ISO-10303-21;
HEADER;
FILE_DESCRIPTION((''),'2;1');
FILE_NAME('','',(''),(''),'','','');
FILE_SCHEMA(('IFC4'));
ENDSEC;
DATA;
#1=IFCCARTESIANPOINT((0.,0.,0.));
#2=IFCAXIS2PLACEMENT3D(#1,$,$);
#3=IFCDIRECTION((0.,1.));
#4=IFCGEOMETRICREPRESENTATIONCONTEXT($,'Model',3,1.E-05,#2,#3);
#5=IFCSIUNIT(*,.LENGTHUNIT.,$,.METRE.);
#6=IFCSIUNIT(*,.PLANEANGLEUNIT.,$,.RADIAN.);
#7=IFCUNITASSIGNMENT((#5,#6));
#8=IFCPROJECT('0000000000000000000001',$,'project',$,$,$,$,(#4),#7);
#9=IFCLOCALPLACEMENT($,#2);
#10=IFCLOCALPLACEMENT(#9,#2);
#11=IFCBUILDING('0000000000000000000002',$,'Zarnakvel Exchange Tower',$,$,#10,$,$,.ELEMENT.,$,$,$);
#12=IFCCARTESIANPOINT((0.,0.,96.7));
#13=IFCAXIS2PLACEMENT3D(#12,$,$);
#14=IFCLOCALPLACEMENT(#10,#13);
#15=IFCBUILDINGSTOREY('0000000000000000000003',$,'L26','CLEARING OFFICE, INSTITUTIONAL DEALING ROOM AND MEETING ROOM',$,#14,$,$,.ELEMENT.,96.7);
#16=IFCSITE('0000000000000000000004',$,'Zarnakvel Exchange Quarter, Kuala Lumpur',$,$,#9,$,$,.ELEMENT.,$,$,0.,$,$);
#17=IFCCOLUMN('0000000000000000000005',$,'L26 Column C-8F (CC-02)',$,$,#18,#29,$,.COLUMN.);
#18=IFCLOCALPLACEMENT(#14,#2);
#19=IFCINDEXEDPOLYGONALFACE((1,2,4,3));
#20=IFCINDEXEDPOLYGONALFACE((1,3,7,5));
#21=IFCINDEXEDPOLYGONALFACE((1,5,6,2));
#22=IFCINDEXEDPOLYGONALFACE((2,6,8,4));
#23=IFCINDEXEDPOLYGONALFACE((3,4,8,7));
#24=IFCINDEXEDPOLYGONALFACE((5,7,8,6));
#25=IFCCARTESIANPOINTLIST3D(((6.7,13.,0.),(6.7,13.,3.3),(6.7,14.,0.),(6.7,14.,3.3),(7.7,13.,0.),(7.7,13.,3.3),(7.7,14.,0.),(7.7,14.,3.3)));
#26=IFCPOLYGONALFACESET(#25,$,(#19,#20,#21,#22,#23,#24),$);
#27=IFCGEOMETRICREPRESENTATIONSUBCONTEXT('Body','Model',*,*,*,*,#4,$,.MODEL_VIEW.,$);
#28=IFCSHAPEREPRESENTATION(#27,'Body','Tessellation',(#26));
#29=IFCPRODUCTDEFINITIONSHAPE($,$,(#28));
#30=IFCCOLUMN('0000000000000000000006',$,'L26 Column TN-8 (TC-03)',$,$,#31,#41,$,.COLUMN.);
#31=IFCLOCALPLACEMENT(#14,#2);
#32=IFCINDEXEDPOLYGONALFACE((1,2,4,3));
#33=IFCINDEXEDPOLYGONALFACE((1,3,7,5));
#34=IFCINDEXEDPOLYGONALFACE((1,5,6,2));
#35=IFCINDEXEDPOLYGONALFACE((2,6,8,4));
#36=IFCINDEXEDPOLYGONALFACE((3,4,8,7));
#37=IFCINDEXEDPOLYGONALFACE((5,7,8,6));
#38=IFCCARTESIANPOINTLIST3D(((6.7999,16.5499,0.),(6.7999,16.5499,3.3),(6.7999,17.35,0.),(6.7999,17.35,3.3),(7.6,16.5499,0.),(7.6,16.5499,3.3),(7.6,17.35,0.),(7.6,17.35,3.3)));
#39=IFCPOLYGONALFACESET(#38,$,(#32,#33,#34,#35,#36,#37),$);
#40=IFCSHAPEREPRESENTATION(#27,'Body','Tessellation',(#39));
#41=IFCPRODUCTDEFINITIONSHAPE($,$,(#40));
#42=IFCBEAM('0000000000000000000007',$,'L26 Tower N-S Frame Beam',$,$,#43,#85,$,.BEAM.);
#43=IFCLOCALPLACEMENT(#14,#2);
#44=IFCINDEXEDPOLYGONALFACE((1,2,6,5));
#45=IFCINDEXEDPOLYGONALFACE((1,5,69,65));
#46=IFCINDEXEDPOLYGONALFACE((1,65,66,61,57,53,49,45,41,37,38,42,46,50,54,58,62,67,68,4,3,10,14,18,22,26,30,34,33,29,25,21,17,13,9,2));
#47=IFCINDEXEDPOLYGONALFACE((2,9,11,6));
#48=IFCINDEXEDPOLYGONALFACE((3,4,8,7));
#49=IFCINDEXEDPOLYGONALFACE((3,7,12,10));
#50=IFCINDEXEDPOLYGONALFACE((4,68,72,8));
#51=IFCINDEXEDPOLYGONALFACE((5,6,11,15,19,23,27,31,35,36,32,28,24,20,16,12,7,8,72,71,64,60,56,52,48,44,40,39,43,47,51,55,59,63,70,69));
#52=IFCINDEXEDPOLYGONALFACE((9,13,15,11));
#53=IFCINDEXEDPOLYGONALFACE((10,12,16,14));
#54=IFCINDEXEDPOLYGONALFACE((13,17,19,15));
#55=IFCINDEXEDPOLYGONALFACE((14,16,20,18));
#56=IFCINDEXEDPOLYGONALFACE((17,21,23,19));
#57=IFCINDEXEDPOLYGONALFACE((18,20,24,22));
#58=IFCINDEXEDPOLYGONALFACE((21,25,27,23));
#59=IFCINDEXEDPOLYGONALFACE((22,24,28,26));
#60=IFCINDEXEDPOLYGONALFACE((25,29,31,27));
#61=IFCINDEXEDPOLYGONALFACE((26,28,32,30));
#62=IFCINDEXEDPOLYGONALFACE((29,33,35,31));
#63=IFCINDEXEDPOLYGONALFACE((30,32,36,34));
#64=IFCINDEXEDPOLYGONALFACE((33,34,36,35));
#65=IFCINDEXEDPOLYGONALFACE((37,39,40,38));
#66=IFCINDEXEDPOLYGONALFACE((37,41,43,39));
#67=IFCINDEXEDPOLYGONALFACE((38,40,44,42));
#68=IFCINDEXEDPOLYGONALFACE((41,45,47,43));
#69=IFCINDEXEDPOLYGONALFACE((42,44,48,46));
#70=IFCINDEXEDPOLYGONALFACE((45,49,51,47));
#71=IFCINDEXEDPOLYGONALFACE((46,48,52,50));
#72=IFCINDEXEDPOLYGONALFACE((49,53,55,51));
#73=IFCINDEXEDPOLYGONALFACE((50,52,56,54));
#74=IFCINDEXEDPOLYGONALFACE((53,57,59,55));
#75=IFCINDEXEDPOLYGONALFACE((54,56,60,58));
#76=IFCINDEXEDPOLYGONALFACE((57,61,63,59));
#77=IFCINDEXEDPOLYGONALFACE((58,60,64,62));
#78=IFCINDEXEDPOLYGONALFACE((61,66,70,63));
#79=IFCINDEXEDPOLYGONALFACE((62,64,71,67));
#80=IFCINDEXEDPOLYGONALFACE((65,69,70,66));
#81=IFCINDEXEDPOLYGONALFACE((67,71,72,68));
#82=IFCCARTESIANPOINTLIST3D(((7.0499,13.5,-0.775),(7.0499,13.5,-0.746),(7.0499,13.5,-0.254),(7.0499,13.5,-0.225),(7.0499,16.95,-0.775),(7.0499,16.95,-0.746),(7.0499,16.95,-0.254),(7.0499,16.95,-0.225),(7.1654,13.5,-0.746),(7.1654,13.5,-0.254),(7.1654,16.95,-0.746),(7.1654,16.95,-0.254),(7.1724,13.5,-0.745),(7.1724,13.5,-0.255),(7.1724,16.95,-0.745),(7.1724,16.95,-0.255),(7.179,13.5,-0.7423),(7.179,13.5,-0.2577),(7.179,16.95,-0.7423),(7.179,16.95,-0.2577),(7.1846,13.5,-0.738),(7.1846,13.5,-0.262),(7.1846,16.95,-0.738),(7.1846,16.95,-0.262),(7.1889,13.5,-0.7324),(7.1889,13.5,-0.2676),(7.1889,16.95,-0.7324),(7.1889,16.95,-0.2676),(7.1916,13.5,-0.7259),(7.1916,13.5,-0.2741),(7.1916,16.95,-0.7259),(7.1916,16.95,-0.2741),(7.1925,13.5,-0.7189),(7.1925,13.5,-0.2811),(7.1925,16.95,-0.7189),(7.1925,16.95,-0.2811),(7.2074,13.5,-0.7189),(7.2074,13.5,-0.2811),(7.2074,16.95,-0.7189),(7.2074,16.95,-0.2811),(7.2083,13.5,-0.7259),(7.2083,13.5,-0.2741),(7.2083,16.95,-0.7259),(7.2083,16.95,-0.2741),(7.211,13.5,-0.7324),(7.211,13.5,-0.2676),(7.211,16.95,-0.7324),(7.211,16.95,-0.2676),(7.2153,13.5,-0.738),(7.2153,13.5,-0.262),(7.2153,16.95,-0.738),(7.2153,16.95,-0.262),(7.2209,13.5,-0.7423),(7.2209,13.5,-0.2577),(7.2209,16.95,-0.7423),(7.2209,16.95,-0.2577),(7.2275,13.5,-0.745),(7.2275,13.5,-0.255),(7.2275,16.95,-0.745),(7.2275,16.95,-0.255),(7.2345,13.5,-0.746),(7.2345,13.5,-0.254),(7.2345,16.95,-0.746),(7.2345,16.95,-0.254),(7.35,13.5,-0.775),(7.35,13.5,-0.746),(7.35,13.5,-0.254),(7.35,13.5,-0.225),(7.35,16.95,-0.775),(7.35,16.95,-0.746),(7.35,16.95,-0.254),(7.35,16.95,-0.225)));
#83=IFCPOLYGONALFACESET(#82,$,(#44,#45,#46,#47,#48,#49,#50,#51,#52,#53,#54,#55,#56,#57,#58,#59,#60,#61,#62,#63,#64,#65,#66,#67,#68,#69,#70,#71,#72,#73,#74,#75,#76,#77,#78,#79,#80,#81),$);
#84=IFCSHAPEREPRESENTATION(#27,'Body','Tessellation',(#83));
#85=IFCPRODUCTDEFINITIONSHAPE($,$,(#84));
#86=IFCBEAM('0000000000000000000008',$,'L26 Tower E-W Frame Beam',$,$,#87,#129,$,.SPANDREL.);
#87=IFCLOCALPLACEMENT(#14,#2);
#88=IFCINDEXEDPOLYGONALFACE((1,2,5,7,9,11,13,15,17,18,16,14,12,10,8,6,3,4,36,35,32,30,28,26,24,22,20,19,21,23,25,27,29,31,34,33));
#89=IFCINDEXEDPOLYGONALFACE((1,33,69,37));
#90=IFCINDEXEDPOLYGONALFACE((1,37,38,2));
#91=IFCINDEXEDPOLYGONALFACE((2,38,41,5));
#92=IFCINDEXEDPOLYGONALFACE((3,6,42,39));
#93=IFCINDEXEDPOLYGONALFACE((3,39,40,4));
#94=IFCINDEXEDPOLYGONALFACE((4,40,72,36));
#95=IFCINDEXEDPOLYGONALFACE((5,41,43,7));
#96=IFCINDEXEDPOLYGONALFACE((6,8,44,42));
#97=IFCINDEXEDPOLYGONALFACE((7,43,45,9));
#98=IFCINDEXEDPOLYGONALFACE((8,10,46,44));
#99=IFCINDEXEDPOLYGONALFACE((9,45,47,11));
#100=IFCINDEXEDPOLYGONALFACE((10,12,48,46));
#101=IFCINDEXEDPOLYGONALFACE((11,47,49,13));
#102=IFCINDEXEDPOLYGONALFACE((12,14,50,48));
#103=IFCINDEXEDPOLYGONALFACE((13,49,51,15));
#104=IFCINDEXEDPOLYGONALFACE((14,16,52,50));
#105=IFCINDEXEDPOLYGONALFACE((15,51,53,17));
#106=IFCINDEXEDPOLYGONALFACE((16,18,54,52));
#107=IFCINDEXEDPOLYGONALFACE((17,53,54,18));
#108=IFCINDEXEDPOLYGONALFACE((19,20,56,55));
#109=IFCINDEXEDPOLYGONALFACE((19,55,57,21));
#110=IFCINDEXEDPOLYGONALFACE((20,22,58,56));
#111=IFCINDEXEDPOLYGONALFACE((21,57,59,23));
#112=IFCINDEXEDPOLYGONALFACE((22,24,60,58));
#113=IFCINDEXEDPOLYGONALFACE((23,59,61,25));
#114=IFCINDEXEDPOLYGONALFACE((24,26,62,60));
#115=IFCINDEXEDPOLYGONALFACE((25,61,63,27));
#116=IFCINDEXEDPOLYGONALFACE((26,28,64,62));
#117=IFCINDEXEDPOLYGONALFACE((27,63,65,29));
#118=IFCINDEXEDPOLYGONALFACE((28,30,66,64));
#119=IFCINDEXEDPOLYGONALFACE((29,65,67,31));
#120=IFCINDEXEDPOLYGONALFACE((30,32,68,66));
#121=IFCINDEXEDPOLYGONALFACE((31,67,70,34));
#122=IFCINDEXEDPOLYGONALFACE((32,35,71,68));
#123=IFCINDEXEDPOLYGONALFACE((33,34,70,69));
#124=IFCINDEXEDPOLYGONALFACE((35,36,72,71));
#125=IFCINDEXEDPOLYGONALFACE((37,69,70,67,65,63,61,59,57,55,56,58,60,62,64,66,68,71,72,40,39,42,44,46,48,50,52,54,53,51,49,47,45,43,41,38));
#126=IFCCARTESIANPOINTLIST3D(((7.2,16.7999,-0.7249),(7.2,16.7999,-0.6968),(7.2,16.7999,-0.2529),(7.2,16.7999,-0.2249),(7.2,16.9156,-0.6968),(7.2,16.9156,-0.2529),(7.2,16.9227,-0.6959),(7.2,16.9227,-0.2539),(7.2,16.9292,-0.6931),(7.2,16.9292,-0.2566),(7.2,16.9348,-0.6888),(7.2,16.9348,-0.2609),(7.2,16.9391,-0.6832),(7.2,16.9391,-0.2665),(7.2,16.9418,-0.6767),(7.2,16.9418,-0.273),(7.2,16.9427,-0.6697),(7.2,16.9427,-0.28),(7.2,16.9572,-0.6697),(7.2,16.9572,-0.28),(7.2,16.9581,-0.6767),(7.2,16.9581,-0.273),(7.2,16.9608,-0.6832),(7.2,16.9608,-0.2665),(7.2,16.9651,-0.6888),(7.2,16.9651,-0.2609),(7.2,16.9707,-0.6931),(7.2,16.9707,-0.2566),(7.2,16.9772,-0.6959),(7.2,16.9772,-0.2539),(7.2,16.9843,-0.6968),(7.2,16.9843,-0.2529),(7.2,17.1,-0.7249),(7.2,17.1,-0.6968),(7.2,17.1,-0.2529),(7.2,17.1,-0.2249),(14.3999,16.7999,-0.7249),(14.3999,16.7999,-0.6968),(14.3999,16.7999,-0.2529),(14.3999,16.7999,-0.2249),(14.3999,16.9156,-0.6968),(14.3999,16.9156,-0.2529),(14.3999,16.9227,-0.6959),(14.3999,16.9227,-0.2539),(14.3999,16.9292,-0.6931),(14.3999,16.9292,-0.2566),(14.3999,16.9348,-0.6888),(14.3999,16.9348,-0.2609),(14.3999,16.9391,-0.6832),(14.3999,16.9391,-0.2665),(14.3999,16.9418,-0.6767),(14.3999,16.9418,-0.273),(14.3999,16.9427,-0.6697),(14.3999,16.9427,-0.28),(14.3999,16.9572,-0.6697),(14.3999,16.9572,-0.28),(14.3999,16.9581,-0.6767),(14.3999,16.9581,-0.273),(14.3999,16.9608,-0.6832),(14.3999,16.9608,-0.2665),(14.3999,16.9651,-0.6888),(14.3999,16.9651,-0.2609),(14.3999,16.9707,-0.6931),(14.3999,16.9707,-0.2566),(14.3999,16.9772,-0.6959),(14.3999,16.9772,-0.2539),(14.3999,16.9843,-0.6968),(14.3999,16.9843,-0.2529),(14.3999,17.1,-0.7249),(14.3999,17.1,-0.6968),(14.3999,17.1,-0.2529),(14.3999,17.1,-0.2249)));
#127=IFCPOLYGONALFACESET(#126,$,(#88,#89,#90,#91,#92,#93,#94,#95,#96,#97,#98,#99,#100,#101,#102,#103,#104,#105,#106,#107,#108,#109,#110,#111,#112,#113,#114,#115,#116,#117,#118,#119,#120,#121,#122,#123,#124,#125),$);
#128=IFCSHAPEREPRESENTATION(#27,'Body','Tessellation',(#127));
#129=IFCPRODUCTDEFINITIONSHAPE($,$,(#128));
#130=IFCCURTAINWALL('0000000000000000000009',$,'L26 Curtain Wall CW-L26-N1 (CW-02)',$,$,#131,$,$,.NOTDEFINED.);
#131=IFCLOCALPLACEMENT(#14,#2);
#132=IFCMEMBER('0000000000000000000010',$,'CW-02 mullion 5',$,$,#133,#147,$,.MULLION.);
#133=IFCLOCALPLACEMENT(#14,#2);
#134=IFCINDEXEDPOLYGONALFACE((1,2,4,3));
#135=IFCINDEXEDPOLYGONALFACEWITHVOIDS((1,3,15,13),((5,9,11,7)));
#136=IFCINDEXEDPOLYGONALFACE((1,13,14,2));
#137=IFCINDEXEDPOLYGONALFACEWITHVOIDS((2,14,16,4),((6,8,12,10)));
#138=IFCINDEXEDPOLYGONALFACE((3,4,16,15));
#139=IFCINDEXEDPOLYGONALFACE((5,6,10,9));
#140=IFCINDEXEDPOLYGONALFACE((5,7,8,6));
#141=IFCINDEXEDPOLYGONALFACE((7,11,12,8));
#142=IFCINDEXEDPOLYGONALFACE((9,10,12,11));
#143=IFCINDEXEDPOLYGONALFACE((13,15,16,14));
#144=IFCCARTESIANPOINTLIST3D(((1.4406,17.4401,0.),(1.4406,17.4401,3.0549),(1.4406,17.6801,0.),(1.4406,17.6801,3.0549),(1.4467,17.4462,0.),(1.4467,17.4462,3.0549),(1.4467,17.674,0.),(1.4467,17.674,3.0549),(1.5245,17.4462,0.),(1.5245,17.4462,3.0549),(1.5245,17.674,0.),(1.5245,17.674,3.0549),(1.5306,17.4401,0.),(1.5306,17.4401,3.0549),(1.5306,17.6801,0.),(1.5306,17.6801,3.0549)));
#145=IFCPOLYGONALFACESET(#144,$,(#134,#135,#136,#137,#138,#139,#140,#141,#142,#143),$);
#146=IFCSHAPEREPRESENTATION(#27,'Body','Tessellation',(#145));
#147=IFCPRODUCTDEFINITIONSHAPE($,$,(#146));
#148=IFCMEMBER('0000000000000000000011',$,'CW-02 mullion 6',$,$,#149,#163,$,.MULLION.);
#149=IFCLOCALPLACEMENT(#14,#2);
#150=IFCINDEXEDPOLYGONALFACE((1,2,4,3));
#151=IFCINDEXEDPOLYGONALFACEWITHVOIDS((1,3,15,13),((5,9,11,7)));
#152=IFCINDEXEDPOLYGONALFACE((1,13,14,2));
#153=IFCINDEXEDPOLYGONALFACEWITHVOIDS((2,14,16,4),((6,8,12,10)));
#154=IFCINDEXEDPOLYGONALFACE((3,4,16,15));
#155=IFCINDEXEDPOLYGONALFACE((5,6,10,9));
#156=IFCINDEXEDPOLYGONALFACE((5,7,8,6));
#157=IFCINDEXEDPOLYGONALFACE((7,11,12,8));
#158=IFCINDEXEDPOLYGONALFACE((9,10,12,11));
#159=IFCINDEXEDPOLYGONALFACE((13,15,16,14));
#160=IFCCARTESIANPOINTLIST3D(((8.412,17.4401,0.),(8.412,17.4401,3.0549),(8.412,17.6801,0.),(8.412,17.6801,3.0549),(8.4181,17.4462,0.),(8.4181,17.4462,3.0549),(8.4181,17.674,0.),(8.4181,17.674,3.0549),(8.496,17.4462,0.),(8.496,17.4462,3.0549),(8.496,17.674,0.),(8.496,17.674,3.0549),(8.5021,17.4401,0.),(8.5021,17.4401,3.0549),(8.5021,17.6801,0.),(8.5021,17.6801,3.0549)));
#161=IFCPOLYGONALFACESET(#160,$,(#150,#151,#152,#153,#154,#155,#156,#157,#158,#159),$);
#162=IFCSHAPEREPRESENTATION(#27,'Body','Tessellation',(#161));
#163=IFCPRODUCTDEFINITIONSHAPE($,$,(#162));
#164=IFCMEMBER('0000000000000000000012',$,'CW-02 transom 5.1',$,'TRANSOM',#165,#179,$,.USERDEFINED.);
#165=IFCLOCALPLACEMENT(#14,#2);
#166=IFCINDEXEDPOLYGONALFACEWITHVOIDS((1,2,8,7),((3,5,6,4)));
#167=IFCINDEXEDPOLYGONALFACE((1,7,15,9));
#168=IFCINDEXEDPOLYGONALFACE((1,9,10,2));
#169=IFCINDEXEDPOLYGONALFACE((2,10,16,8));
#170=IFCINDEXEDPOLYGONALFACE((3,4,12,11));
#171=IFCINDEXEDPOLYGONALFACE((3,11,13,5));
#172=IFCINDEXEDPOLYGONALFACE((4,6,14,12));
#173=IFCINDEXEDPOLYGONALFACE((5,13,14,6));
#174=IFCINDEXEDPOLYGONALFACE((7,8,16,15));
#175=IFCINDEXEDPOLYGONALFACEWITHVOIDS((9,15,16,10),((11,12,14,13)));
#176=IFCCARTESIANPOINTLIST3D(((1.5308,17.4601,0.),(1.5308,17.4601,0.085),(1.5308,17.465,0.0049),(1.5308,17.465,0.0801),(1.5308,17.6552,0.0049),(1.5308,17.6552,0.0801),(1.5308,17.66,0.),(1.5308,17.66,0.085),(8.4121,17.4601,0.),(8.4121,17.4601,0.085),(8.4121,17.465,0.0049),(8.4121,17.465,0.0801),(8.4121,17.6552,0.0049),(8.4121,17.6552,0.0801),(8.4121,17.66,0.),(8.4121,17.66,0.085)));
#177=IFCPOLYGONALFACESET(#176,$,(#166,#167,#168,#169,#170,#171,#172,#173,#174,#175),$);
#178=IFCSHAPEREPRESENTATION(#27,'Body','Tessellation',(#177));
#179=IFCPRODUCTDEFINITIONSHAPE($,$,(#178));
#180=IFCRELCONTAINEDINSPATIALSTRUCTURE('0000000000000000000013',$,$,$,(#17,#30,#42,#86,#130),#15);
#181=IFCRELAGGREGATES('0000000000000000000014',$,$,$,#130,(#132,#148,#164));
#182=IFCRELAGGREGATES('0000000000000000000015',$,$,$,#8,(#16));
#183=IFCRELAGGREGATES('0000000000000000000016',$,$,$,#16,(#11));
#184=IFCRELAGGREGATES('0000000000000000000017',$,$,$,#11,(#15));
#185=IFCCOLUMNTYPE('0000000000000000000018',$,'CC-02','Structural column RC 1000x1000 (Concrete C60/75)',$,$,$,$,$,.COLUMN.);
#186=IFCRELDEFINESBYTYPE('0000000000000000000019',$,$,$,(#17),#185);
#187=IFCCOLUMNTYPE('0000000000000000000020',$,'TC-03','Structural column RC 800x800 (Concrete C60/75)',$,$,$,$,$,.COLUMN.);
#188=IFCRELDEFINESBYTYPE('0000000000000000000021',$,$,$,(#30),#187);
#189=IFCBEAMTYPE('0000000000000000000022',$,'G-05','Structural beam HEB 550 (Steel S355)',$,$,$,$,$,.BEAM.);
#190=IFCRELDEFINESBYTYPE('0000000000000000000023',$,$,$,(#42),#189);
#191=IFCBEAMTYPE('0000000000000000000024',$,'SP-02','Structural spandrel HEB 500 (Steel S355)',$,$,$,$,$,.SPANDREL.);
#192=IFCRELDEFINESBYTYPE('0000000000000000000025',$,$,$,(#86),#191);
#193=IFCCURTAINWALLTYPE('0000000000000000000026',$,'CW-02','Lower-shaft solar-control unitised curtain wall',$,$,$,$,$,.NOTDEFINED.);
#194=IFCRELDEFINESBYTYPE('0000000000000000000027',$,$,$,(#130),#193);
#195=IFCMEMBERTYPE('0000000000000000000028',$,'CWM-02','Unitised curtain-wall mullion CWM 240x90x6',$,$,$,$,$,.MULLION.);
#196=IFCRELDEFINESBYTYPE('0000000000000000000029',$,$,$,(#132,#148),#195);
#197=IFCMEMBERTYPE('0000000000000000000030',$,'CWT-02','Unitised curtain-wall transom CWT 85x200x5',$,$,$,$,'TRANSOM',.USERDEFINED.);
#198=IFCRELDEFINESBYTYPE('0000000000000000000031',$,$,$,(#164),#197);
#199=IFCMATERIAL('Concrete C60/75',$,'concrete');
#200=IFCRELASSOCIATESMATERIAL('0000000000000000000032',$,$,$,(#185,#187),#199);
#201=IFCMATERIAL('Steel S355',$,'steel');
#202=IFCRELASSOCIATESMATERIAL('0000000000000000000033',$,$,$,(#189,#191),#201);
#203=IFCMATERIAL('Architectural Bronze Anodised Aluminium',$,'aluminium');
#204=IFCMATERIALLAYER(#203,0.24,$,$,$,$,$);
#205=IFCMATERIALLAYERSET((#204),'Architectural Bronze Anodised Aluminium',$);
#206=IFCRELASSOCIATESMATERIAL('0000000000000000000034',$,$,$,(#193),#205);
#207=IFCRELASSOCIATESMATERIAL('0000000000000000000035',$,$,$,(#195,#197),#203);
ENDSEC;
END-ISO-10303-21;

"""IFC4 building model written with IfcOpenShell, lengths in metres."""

from ifc_helpers import new_model, si_unit, direction, frame, origin, origin_2d, place, context, subcontext, project, spatial, rectangle, hollow_rectangle, i_section, extrude, source, transform, mapped, material, layer, layer_set, material_profile, profile_set, type_object, element, aggregate, save


model = new_model("IFC4")

# Units and contexts
model_context = context("Model", 3, precision=1e-05, world=origin(), true_north=direction((0.0, 1.0)))
body_context = subcontext(model_context, "Body", "Model", "MODEL_VIEW")
ifc_project = project(units=[si_unit("LENGTHUNIT", "METRE"), si_unit("PLANEANGLEUNIT", "RADIAN")], contexts=[model_context])

# Site, building, storey
site_placement = place(None, origin())
site = spatial("IfcSite", under=ifc_project, at=site_placement, Name="Zarnakvel Exchange Quarter, Kuala Lumpur", CompositionType="ELEMENT", RefElevation=0.0)
building_placement = place(site_placement, origin())
building = spatial("IfcBuilding", under=site, at=building_placement, Name="Zarnakvel Exchange Tower", CompositionType="ELEMENT")
storey_placement = place(building_placement, frame((0.0, 0.0, 96.7)))
storey = spatial("IfcBuildingStorey", under=building, at=storey_placement, Name="L26", Description="CLEARING OFFICE, INSTITUTIONAL DEALING ROOM AND MEETING ROOM", CompositionType="ELEMENT", Elevation=96.7)

# Columns
ifc_material_1 = material(Name="Concrete C60/75", Category="concrete")
ifc_material_profile_1 = material_profile(ifc_material_1, rectangle(XDim=1.0, YDim=1.0, at=origin_2d()))
ifc_profile_set_1 = profile_set([ifc_material_profile_1], Name="Concrete C60/75")
column_type_1 = type_object("IfcColumnType", Name="CC-02", Description="Structural column RC 1000x1000 (Concrete C60/75)", PredefinedType="COLUMN", material=ifc_profile_set_1)
column_1_placement = place(storey_placement, frame((7.2, 13.5, 0.0), z_axis=(0.0, 0.0, 1.0), x_axis=(1.0, 0.0, 0.0)))
element("IfcColumn", 1, at=column_1_placement, inside=storey, type_object=column_type_1, Name="L26 Column C-8F (CC-02)", PredefinedType="COLUMN", context=body_context, shape_type="SweptSolid", body=[
    extrude(rectangle(XDim=1.0, YDim=1.0, at=origin_2d()), origin(), (0.0, 0.0, 1.0), 3.3),
])
ifc_material_profile_2 = material_profile(ifc_material_1, rectangle(XDim=0.8, YDim=0.8, at=origin_2d()))
ifc_profile_set_2 = profile_set([ifc_material_profile_2], Name="Concrete C60/75")
column_type_2 = type_object("IfcColumnType", Name="TC-03", Description="Structural column RC 800x800 (Concrete C60/75)", PredefinedType="COLUMN", material=ifc_profile_set_2)
column_2_placement = place(storey_placement, frame((7.2, 16.95, 0.0), z_axis=(0.0, 0.0, 1.0), x_axis=(1.0, 0.0, 0.0)))
element("IfcColumn", 2, at=column_2_placement, inside=storey, type_object=column_type_2, Name="L26 Column TN-8 (TC-03)", PredefinedType="COLUMN", context=body_context, shape_type="SweptSolid", body=[
    extrude(rectangle(XDim=0.8, YDim=0.8, at=origin_2d()), origin(), (0.0, 0.0, 1.0), 3.3),
])

# Beams
ifc_material_2 = material(Name="Steel S355", Category="steel")
ifc_material_profile_3 = material_profile(ifc_material_2, i_section(OverallWidth=0.3, OverallDepth=0.55, WebThickness=0.0149, FlangeThickness=0.0291, FilletRadius=0.0271, at=origin_2d()))
ifc_profile_set_3 = profile_set([ifc_material_profile_3], Name="Steel S355")
beam_type_1 = type_object("IfcBeamType", Name="G-05", Description="Structural beam HEB 550 (Steel S355)", PredefinedType="BEAM", material=ifc_profile_set_3)
beam_1_placement = place(storey_placement, frame((7.2, 13.5, -0.5), z_axis=(0.0, 1.0, 0.0), x_axis=(-1.0, 0.0, 0.0)))
element("IfcBeam", 3, at=beam_1_placement, inside=storey, type_object=beam_type_1, Name="L26 Tower N-S Frame Beam", PredefinedType="BEAM", context=body_context, shape_type="SweptSolid", body=[
    extrude(i_section(OverallWidth=0.3, OverallDepth=0.55, WebThickness=0.0149, FlangeThickness=0.0291, FilletRadius=0.0271, at=origin_2d()), origin(), (0.0, 0.0, 1.0), 3.45),
])
ifc_material_profile_4 = material_profile(ifc_material_2, i_section(OverallWidth=0.3, OverallDepth=0.5, WebThickness=0.0144, FlangeThickness=0.0281, FilletRadius=0.0271, at=origin_2d()))
ifc_profile_set_4 = profile_set([ifc_material_profile_4], Name="Steel S355")
beam_type_2 = type_object("IfcBeamType", Name="SP-02", Description="Structural spandrel HEB 500 (Steel S355)", PredefinedType="SPANDREL", material=ifc_profile_set_4)
beam_2_placement = place(storey_placement, frame((7.2, 16.95, -0.4749), z_axis=(1.0, 0.0, 0.0), x_axis=(0.0, 1.0, 0.0)))
element("IfcBeam", 4, at=beam_2_placement, inside=storey, type_object=beam_type_2, Name="L26 Tower E-W Frame Beam", PredefinedType="SPANDREL", context=body_context, shape_type="SweptSolid", body=[
    extrude(i_section(OverallWidth=0.3, OverallDepth=0.5, WebThickness=0.0144, FlangeThickness=0.0281, FilletRadius=0.0271, at=origin_2d()), origin(), (0.0, 0.0, 1.0), 7.2),
])

# Curtain wall, members
ifc_material_3 = material(Name="Architectural Bronze Anodised Aluminium", Category="aluminium")
ifc_layer_1 = layer(ifc_material_3, 0.24)
ifc_layer_set_1 = layer_set([ifc_layer_1], Name="Architectural Bronze Anodised Aluminium")
curtain_wall_type = type_object("IfcCurtainWallType", Name="CW-02", Description="Lower-shaft solar-control unitised curtain wall", PredefinedType="NOTDEFINED", material=ifc_layer_set_1)
curtain_wall_placement = place(storey_placement, origin())
curtain_wall = element("IfcCurtainWall", 5, at=curtain_wall_placement, inside=storey, type_object=curtain_wall_type, Name="L26 Curtain Wall CW-L26-N1 (CW-02)", PredefinedType="NOTDEFINED")
ifc_material_profile_5 = material_profile(ifc_material_3, hollow_rectangle(XDim=0.24, YDim=0.0901, WallThickness=0.0061, at=origin_2d()))
ifc_profile_set_5 = profile_set([ifc_material_profile_5], Name="Architectural Bronze Anodised Aluminium")
member_type_1 = type_object("IfcMemberType", Name="CWM-02", Description="Unitised curtain-wall mullion CWM 240x90x6", PredefinedType="MULLION", material=ifc_profile_set_5)
shared_shape_1 = source(origin(), body_context, "Body", "SweptSolid", [
    extrude(hollow_rectangle(XDim=0.24, YDim=0.0901, WallThickness=0.0061, at=origin_2d()), origin(), (0.0, 0.0, 1.0), 3.0549),
])
member_1_placement = place(storey_placement, frame((1.4856, 17.5601, 0.0), z_axis=(0.0, 0.0, 1.0), x_axis=(0.0, 1.0, 0.0)))
member_1 = element("IfcMember", 6, at=member_1_placement, type_object=member_type_1, Name="CW-02 mullion 5", PredefinedType="MULLION", context=body_context, shape_type="MappedRepresentation", body=[
    mapped(shared_shape_1, transform((0.0, 0.0, 0.0), x_axis=(1.0, 0.0, 0.0), y_axis=(0.0, 1.0, 0.0), z_axis=(0.0, 0.0, 1.0), scale=1.0)),
])
member_2_placement = place(storey_placement, frame((8.457, 17.5601, 0.0), z_axis=(0.0, 0.0, 1.0), x_axis=(0.0, 1.0, 0.0)))
member_2 = element("IfcMember", 7, at=member_2_placement, type_object=member_type_1, Name="CW-02 mullion 6", PredefinedType="MULLION", context=body_context, shape_type="MappedRepresentation", body=[
    mapped(shared_shape_1, transform((0.0, 0.0, 0.0), x_axis=(1.0, 0.0, 0.0), y_axis=(0.0, 1.0, 0.0), z_axis=(0.0, 0.0, 1.0), scale=1.0)),
])
ifc_material_profile_6 = material_profile(ifc_material_3, hollow_rectangle(XDim=0.2, YDim=0.085, WallThickness=0.0049, at=origin_2d()))
ifc_profile_set_6 = profile_set([ifc_material_profile_6], Name="Architectural Bronze Anodised Aluminium")
member_type_2 = type_object("IfcMemberType", Name="CWT-02", Description="Unitised curtain-wall transom CWT 85x200x5", ElementType="TRANSOM", PredefinedType="USERDEFINED", material=ifc_profile_set_6)
shared_shape_2 = source(origin(), body_context, "Body", "SweptSolid", [
    extrude(hollow_rectangle(XDim=0.2, YDim=0.085, WallThickness=0.0049, at=origin_2d()), origin(), (0.0, 0.0, 1.0), 6.8813),
])
member_3_placement = place(storey_placement, frame((1.5308, 17.5601, 0.0425), z_axis=(1.0, 0.0, 0.0), x_axis=(0.0, 1.0, 0.0)))
member_3 = element("IfcMember", 8, at=member_3_placement, type_object=member_type_2, Name="CW-02 transom 5.1", ObjectType="TRANSOM", PredefinedType="USERDEFINED", context=body_context, shape_type="MappedRepresentation", body=[
    mapped(shared_shape_2, transform((0.0, 0.0, 0.0), x_axis=(1.0, 0.0, 0.0), y_axis=(0.0, 1.0, 0.0), z_axis=(0.0, 0.0, 1.0), scale=1.0)),
])
aggregate(curtain_wall, [member_1, member_2, member_3])

save(model, "model.ifc")
